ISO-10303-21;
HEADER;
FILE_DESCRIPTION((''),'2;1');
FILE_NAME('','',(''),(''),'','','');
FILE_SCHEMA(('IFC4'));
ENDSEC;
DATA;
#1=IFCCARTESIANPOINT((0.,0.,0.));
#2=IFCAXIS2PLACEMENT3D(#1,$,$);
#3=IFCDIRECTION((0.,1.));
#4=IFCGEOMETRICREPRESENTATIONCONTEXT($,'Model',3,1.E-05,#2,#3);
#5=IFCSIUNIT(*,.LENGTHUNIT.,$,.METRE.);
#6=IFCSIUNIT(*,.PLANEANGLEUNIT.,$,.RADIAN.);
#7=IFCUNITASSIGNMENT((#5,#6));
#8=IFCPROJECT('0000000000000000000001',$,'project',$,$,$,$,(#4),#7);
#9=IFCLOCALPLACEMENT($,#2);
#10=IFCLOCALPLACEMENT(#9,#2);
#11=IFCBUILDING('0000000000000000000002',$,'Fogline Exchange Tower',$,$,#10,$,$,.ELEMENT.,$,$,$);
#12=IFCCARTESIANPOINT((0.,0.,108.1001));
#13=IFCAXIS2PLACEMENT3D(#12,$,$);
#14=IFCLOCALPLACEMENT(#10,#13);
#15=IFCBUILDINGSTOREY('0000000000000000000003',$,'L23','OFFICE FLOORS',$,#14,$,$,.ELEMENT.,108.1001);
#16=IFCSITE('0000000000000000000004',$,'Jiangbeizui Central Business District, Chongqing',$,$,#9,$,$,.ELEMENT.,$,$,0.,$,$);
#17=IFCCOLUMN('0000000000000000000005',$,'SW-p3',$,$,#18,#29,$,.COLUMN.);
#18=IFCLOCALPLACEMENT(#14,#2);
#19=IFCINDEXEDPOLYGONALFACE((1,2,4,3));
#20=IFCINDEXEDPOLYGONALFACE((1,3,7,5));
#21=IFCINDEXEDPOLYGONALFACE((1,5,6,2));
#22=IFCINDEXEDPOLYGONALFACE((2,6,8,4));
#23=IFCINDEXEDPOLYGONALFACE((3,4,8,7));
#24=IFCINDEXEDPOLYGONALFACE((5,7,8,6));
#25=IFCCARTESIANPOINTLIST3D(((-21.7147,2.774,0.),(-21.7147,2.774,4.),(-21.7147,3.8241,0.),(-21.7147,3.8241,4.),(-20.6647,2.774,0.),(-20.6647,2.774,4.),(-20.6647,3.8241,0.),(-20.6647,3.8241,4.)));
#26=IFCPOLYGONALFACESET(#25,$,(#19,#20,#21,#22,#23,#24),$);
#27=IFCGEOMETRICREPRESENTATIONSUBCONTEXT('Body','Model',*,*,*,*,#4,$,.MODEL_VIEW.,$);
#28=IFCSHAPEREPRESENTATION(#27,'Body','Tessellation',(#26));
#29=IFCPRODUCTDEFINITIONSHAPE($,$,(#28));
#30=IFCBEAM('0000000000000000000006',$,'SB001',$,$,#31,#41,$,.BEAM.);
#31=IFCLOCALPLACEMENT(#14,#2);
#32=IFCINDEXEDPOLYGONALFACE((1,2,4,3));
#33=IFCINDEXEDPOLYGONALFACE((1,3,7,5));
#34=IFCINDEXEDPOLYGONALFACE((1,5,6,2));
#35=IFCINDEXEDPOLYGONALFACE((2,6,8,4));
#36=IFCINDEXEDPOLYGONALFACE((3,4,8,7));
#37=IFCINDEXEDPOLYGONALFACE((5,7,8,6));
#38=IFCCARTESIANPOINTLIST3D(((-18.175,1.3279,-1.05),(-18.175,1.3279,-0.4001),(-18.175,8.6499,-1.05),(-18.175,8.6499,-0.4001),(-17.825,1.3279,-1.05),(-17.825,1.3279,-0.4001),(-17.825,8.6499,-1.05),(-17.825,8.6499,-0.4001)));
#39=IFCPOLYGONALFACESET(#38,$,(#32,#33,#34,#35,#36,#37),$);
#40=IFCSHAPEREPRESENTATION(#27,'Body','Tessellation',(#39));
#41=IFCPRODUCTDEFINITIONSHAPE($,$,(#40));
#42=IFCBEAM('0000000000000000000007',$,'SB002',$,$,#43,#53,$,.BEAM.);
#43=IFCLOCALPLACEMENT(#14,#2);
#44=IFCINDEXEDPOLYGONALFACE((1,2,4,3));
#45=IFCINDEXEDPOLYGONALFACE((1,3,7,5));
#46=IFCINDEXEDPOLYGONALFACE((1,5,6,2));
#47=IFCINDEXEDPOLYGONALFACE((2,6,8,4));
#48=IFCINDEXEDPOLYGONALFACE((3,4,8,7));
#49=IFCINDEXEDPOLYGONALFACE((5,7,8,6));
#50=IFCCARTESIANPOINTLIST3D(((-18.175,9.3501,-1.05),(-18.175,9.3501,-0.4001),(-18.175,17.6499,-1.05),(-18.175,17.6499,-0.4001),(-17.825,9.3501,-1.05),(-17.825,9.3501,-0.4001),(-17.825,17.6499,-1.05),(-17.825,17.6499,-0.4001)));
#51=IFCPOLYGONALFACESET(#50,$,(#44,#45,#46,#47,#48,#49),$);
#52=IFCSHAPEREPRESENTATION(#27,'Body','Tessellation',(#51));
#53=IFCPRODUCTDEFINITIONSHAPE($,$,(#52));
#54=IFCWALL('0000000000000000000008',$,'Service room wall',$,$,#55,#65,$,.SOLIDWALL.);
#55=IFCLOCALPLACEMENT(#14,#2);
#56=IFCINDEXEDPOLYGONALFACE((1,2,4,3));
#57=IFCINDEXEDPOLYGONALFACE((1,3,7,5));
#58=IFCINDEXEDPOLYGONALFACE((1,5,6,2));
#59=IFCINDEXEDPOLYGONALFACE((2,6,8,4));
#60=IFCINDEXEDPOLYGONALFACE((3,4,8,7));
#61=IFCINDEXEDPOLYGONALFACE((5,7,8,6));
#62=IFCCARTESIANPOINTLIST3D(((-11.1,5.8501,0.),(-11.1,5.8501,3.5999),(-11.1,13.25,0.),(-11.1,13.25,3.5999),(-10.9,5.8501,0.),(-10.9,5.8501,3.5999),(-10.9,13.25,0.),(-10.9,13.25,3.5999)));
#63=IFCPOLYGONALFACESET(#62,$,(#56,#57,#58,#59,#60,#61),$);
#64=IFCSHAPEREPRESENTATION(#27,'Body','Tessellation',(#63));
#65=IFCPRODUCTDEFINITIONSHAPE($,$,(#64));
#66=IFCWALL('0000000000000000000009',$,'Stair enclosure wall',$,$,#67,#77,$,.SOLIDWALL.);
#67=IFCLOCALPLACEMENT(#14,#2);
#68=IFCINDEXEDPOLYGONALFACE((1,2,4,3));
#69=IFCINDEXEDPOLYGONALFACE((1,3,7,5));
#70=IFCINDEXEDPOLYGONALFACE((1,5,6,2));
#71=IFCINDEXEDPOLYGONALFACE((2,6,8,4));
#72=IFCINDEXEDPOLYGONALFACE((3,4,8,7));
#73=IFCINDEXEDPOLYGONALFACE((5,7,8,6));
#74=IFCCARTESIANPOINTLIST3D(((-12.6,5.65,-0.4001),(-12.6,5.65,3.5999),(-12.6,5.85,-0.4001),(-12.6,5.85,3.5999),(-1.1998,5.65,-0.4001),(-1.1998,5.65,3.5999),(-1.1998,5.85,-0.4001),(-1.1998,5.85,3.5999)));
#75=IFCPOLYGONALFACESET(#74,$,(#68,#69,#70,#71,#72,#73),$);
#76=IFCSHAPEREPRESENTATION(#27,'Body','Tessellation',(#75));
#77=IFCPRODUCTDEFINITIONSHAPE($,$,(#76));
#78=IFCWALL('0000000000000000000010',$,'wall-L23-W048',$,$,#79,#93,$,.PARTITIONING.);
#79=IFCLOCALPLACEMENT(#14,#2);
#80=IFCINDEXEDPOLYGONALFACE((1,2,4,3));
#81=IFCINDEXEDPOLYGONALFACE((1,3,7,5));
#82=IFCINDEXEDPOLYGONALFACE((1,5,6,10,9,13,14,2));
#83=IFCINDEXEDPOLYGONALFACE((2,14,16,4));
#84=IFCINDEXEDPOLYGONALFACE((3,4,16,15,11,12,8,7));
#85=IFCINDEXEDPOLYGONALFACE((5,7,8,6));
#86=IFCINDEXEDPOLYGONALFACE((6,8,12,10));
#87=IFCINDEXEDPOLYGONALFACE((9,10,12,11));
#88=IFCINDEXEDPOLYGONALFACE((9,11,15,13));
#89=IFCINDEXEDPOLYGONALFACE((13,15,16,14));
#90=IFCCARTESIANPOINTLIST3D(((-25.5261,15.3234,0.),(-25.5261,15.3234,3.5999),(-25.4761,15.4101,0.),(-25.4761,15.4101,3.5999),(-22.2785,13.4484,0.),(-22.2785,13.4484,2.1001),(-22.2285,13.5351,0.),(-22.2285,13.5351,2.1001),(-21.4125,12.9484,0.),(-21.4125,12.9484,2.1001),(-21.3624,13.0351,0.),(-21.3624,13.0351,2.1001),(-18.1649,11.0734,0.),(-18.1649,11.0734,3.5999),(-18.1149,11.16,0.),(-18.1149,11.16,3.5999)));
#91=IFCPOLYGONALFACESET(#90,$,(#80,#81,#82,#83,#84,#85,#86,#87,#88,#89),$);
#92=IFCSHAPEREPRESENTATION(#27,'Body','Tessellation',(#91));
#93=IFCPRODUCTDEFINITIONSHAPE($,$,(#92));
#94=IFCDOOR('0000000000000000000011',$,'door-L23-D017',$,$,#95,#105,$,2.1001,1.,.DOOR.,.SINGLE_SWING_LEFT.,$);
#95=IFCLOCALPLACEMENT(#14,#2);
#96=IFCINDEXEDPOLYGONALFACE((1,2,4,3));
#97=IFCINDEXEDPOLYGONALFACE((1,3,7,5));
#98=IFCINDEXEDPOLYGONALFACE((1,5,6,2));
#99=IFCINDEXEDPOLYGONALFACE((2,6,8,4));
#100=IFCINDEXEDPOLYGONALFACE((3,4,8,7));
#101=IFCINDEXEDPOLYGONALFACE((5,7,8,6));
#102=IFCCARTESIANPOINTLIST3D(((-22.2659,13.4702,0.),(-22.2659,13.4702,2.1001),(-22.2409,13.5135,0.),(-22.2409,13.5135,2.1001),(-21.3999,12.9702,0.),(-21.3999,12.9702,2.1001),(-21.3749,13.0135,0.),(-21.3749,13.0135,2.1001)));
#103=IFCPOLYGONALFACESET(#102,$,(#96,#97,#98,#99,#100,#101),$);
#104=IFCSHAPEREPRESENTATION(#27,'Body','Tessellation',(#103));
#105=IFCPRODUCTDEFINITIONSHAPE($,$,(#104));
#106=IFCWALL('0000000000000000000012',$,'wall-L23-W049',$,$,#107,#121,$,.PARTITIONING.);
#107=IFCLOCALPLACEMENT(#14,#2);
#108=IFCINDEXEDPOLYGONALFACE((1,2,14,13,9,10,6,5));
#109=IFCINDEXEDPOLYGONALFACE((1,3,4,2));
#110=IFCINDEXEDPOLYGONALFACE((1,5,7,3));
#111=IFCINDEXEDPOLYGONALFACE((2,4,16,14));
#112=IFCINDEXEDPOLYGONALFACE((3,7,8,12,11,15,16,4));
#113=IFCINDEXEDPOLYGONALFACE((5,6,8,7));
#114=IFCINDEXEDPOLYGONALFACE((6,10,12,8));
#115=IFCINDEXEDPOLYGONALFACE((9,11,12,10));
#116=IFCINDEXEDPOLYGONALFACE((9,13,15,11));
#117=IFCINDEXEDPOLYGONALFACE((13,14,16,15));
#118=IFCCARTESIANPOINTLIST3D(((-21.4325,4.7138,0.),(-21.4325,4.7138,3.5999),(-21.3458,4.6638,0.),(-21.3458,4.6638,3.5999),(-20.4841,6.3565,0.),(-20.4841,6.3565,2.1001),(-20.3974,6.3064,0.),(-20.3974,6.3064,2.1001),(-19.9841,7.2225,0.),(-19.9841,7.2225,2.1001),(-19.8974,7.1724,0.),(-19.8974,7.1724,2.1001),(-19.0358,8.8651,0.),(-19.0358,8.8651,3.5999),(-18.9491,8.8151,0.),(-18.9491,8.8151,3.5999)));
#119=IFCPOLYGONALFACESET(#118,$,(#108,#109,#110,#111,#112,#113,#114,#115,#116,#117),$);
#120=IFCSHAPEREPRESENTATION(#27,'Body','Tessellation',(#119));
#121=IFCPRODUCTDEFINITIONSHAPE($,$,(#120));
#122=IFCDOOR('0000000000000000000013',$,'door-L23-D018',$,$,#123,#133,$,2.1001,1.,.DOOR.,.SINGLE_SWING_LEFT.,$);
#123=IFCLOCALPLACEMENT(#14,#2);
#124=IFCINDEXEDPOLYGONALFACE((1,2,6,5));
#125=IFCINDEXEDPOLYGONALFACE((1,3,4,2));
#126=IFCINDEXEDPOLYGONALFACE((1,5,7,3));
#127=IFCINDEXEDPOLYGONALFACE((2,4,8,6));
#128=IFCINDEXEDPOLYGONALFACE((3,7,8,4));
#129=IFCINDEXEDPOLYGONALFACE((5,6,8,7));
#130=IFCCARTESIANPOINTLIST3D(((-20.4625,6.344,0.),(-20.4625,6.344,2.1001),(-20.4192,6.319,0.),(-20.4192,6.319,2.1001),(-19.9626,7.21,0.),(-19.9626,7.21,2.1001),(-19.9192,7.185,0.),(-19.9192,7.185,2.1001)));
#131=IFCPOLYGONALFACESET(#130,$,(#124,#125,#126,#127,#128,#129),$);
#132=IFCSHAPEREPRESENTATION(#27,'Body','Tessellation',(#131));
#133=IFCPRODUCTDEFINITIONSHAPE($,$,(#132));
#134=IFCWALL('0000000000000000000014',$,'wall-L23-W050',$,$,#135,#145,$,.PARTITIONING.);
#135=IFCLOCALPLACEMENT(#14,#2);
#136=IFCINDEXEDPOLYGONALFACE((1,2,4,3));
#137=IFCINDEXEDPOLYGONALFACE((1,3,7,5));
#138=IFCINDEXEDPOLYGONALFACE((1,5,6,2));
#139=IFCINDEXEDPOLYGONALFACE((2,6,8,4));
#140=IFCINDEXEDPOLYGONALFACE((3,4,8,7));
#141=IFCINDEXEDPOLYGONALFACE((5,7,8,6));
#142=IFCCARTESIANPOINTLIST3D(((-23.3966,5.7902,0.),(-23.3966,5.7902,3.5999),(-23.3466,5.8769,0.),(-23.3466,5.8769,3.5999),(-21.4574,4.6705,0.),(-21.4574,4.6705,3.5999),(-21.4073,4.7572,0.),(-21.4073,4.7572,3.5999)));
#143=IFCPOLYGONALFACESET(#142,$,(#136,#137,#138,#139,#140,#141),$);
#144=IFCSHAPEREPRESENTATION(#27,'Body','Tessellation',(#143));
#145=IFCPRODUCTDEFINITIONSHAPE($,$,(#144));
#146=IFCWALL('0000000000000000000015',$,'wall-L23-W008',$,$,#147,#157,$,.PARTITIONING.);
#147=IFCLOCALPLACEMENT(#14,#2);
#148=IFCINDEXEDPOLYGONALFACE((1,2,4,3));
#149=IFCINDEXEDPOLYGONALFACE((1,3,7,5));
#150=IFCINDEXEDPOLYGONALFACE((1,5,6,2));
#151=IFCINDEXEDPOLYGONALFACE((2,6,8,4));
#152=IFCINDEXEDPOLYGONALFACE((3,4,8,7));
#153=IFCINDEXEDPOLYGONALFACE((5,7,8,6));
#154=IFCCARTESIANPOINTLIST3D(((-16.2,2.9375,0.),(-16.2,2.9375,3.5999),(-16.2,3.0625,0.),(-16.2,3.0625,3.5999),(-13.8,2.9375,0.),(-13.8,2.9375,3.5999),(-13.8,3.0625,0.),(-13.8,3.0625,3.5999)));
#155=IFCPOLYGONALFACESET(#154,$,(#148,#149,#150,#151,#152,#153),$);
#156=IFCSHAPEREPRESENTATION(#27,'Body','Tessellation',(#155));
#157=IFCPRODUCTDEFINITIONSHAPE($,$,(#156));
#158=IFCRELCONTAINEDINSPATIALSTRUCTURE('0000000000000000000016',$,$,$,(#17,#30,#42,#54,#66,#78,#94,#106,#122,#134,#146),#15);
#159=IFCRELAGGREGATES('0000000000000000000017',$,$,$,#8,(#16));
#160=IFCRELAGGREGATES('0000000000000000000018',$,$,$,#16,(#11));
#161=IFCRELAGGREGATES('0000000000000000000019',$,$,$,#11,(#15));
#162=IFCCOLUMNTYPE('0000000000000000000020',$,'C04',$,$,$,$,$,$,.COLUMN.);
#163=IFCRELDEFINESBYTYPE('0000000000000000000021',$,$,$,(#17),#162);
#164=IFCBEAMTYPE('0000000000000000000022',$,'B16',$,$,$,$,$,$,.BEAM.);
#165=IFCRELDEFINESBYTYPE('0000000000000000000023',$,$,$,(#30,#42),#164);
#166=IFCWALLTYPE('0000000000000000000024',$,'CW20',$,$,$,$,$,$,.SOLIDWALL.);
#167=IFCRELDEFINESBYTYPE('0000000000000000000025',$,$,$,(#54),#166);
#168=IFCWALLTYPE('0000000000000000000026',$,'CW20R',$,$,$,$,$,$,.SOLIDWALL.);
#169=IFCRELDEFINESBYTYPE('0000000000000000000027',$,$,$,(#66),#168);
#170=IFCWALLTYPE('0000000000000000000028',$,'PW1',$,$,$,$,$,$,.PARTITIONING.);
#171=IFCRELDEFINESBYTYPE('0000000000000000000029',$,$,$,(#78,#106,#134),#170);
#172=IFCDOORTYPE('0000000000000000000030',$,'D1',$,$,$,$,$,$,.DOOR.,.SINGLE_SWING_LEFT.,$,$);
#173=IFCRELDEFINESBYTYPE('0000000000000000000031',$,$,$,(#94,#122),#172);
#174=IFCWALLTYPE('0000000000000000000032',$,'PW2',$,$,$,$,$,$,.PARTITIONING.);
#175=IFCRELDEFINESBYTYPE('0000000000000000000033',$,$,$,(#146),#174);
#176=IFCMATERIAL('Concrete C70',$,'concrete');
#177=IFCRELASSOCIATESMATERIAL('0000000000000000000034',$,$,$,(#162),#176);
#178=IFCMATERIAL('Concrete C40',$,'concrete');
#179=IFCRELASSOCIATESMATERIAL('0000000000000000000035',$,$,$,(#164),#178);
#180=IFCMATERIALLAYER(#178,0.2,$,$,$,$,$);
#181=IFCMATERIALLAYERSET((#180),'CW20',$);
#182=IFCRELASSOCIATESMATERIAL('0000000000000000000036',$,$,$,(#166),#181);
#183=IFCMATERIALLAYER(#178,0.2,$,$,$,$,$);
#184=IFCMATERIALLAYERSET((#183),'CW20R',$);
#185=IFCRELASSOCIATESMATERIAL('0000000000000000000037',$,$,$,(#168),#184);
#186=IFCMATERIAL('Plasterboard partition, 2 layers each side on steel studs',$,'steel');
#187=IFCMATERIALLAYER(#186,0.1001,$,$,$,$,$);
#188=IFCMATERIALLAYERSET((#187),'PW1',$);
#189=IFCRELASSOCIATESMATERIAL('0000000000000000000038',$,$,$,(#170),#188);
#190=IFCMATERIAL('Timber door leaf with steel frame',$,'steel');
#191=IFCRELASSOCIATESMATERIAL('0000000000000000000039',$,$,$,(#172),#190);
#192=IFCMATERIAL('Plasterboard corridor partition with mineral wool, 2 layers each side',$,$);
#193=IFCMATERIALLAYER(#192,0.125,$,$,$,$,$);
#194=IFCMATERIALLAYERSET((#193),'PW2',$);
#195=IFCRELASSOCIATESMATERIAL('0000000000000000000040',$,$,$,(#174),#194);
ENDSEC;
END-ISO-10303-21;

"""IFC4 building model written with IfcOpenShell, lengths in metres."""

from ifc_helpers import new_model, si_unit, direction, frame, frame_2d, origin, origin_2d, place, context, subcontext, project, spatial, rectangle, extrude, material, layer, layer_set, material_profile, profile_set, type_object, element, fill, save


model = new_model("IFC4")

# Units and contexts
model_context = context("Model", 3, precision=1e-05, world=origin(), true_north=direction((0.0, 1.0)))
body_context = subcontext(model_context, "Body", "Model", "MODEL_VIEW")
ifc_project = project(units=[si_unit("LENGTHUNIT", "METRE"), si_unit("PLANEANGLEUNIT", "RADIAN")], contexts=[model_context])

# Site, building, storey
site_placement = place(None, origin())
site = spatial("IfcSite", under=ifc_project, at=site_placement, Name="Jiangbeizui Central Business District, Chongqing", CompositionType="ELEMENT", RefElevation=0.0)
building_placement = place(site_placement, origin())
building = spatial("IfcBuilding", under=site, at=building_placement, Name="Fogline Exchange Tower", CompositionType="ELEMENT")
storey_placement = place(building_placement, frame((0.0, 0.0, 108.1001)))
storey = spatial("IfcBuildingStorey", under=building, at=storey_placement, Name="L23", Description="OFFICE FLOORS", CompositionType="ELEMENT", Elevation=108.1001)

# Column
ifc_material_1 = material(Name="Concrete C70", Category="concrete")
ifc_material_profile_1 = material_profile(ifc_material_1, rectangle(XDim=1.05, YDim=1.05, at=origin_2d()), Name="RC 1050x1050")
ifc_profile_set_1 = profile_set([ifc_material_profile_1], Name="Concrete C70")
column_type = type_object("IfcColumnType", Name="C04", PredefinedType="COLUMN", material=ifc_profile_set_1)
column_placement = place(storey_placement, frame((-21.1897, 3.2991, 0.0), z_axis=(0.0, 0.0, 1.0), x_axis=(1.0, 0.0, 0.0)))
element("IfcColumn", 1, at=column_placement, inside=storey, type_object=column_type, Name="SW-p3", PredefinedType="COLUMN", context=body_context, shape_type="SweptSolid", body=[
    extrude(rectangle(XDim=1.05, YDim=1.05, at=origin_2d()), origin(), (0.0, 0.0, 1.0), 4.0),
])

# Beams
ifc_material_2 = material(Name="Concrete C40", Category="concrete")
ifc_material_profile_2 = material_profile(ifc_material_2, rectangle(XDim=0.3501, YDim=0.6499, at=origin_2d()), Name="RC 350x650")
ifc_profile_set_2 = profile_set([ifc_material_profile_2], Name="Concrete C40")
beam_type = type_object("IfcBeamType", Name="B16", PredefinedType="BEAM", material=ifc_profile_set_2)
beam_1_placement = place(storey_placement, frame((-18.0, 1.3279, -0.7251), z_axis=(0.0, 1.0, 0.0), x_axis=(-1.0, 0.0, 0.0)))
element("IfcBeam", 2, at=beam_1_placement, inside=storey, type_object=beam_type, Name="SB001", PredefinedType="BEAM", context=body_context, shape_type="SweptSolid", body=[
    extrude(rectangle(XDim=0.3501, YDim=0.6499, at=origin_2d()), origin(), (0.0, 0.0, 1.0), 7.322),
])
beam_2_placement = place(storey_placement, frame((-18.0, 9.3501, -0.7251), z_axis=(0.0, 1.0, 0.0), x_axis=(-1.0, 0.0, 0.0)))
element("IfcBeam", 3, at=beam_2_placement, inside=storey, type_object=beam_type, Name="SB002", PredefinedType="BEAM", context=body_context, shape_type="SweptSolid", body=[
    extrude(rectangle(XDim=0.3501, YDim=0.6499, at=origin_2d()), origin(), (0.0, 0.0, 1.0), 8.2998),
])

# Walls
ifc_layer_1 = layer(ifc_material_2, 0.2)
ifc_layer_set_1 = layer_set([ifc_layer_1], Name="CW20")
wall_type_1 = type_object("IfcWallType", Name="CW20", PredefinedType="SOLIDWALL", material=ifc_layer_set_1)
wall_1_placement = place(storey_placement, frame((-11.0, 5.8501, 0.0), z_axis=(0.0, 0.0, 1.0), x_axis=(0.0, 1.0, 0.0)))
element("IfcWall", 4, at=wall_1_placement, inside=storey, type_object=wall_type_1, Name="Service room wall", PredefinedType="SOLIDWALL", context=body_context, shape_type="SweptSolid", body=[
    extrude(rectangle(XDim=7.3999, YDim=0.2, at=frame_2d((3.7, 0.0))), origin(), (0.0, 0.0, 1.0), 3.5999),
])
ifc_layer_2 = layer(ifc_material_2, 0.2)
ifc_layer_set_2 = layer_set([ifc_layer_2], Name="CW20R")
wall_type_2 = type_object("IfcWallType", Name="CW20R", PredefinedType="SOLIDWALL", material=ifc_layer_set_2)
wall_2_placement = place(storey_placement, frame((-12.6001, 5.75, -0.4001), z_axis=(0.0, 0.0, 1.0), x_axis=(1.0, 0.0, 0.0)))
element("IfcWall", 5, at=wall_2_placement, inside=storey, type_object=wall_type_2, Name="Stair enclosure wall", PredefinedType="SOLIDWALL", context=body_context, shape_type="SweptSolid", body=[
    extrude(rectangle(XDim=11.4001, YDim=0.2, at=frame_2d((5.7002, 0.0))), origin(), (0.0, 0.0, 1.0), 4.0),
])

# Walls, openings, doors
ifc_material_3 = material(Name="Plasterboard partition, 2 layers each side on steel studs", Category="steel")
ifc_layer_3 = layer(ifc_material_3, 0.1001)
ifc_layer_set_3 = layer_set([ifc_layer_3], Name="PW1")
wall_type_3 = type_object("IfcWallType", Name="PW1", PredefinedType="PARTITIONING", material=ifc_layer_set_3)
wall_3_placement = place(storey_placement, frame((-18.1399, 11.1167, 0.0), z_axis=(0.0, 0.0, 1.0), x_axis=(-0.866022, 0.500007, 0.0)))
wall_3 = element("IfcWall", 6, at=wall_3_placement, inside=storey, type_object=wall_type_3, Name="wall-L23-W048", PredefinedType="PARTITIONING", context=body_context, shape_type="SweptSolid", body=[
    extrude(rectangle(XDim=8.5, YDim=0.1001, at=frame_2d((4.25, 0.0))), origin(), (0.0, 0.0, 1.0), 3.5999),
])
opening_1_placement = place(wall_3_placement, frame((3.75, 0.0, 0.0)))
opening_1 = element("IfcOpeningElement", 7, at=opening_1_placement, cuts=wall_3, PredefinedType="OPENING", context=body_context, shape_type="SweptSolid", body=[
    extrude(rectangle(XDim=1.0, YDim=2.1001, at=frame_2d((0.5, 1.05))), frame((0.0, 0.0601, 0.0), z_axis=(0.0, -1.0, 0.0), x_axis=(1.0, 0.0, 0.0)), (0.0, 0.0, 1.0), 0.1201),
])
ifc_material_4 = material(Name="Timber door leaf with steel frame", Category="steel")
door_type_1 = type_object("IfcDoorType", Name="D1", OperationType="SINGLE_SWING_LEFT", PredefinedType="DOOR", material=ifc_material_4)
door_1_placement = place(opening_1_placement, origin())
door_1 = element("IfcDoor", 8, at=door_1_placement, inside=storey, type_object=door_type_1, Name="door-L23-D017", OperationType="SINGLE_SWING_LEFT", OverallHeight=2.1001, OverallWidth=1.0, PredefinedType="DOOR", context=body_context, shape_type="SweptSolid", body=[
    extrude(rectangle(XDim=1.0, YDim=2.1001, at=frame_2d((0.5, 1.05))), frame((0.0, 0.0249, 0.0), z_axis=(0.0, -1.0, 0.0), x_axis=(1.0, 0.0, 0.0)), (0.0, 0.0, 1.0), 0.05),
])
fill(opening_1, door_1)
wall_4_placement = place(storey_placement, frame((-18.9924, 8.8401, 0.0), z_axis=(0.0, 0.0, 1.0), x_axis=(-0.49999, -0.866031, 0.0)))
wall_4 = element("IfcWall", 9, at=wall_4_placement, inside=storey, type_object=wall_type_3, Name="wall-L23-W049", PredefinedType="PARTITIONING", context=body_context, shape_type="SweptSolid", body=[
    extrude(rectangle(XDim=4.7935, YDim=0.1001, at=frame_2d((2.3967, 0.0))), origin(), (0.0, 0.0, 1.0), 3.5999),
])
opening_2_placement = place(wall_4_placement, frame((1.8967, 0.0, 0.0)))
opening_2 = element("IfcOpeningElement", 10, at=opening_2_placement, cuts=wall_4, PredefinedType="OPENING", context=body_context, shape_type="SweptSolid", body=[
    extrude(rectangle(XDim=1.0, YDim=2.1001, at=frame_2d((0.5, 1.05))), frame((0.0, 0.0601, 0.0), z_axis=(0.0, -1.0, 0.0), x_axis=(1.0, 0.0, 0.0)), (0.0, 0.0, 1.0), 0.1201),
])
door_2_placement = place(opening_2_placement, origin())
door_2 = element("IfcDoor", 11, at=door_2_placement, inside=storey, type_object=door_type_1, Name="door-L23-D018", OperationType="SINGLE_SWING_LEFT", OverallHeight=2.1001, OverallWidth=1.0, PredefinedType="DOOR", context=body_context, shape_type="SweptSolid", body=[
    extrude(rectangle(XDim=1.0, YDim=2.1001, at=frame_2d((0.5, 1.05))), frame((0.0, 0.0249, 0.0), z_axis=(0.0, -1.0, 0.0), x_axis=(1.0, 0.0, 0.0)), (0.0, 0.0, 1.0), 0.05),
])
fill(opening_2, door_2)

# Walls
wall_5_placement = place(storey_placement, frame((-21.4324, 4.7139, 0.0), z_axis=(0.0, 0.0, 1.0), x_axis=(-0.86602, 0.500009, 0.0)))
element("IfcWall", 12, at=wall_5_placement, inside=storey, type_object=wall_type_3, Name="wall-L23-W050", PredefinedType="PARTITIONING", context=body_context, shape_type="SweptSolid", body=[
    extrude(rectangle(XDim=2.2393, YDim=0.1001, at=frame_2d((1.1196, 0.0))), origin(), (0.0, 0.0, 1.0), 3.5999),
])
ifc_material_5 = material(Name="Plasterboard corridor partition with mineral wool, 2 layers each side")
ifc_layer_4 = layer(ifc_material_5, 0.125)
ifc_layer_set_4 = layer_set([ifc_layer_4], Name="PW2")
wall_type_4 = type_object("IfcWallType", Name="PW2", PredefinedType="PARTITIONING", material=ifc_layer_set_4)
wall_6_placement = place(storey_placement, frame((-13.8, 3.0, 0.0), z_axis=(0.0, 0.0, 1.0), x_axis=(-1.0, 0.0, 0.0)))
element("IfcWall", 13, at=wall_6_placement, inside=storey, type_object=wall_type_4, Name="wall-L23-W008", PredefinedType="PARTITIONING", context=body_context, shape_type="SweptSolid", body=[
    extrude(rectangle(XDim=2.3999, YDim=0.125, at=frame_2d((1.2, 0.0))), origin(), (0.0, 0.0, 1.0), 3.5999),
])

save(model, "model.ifc")
